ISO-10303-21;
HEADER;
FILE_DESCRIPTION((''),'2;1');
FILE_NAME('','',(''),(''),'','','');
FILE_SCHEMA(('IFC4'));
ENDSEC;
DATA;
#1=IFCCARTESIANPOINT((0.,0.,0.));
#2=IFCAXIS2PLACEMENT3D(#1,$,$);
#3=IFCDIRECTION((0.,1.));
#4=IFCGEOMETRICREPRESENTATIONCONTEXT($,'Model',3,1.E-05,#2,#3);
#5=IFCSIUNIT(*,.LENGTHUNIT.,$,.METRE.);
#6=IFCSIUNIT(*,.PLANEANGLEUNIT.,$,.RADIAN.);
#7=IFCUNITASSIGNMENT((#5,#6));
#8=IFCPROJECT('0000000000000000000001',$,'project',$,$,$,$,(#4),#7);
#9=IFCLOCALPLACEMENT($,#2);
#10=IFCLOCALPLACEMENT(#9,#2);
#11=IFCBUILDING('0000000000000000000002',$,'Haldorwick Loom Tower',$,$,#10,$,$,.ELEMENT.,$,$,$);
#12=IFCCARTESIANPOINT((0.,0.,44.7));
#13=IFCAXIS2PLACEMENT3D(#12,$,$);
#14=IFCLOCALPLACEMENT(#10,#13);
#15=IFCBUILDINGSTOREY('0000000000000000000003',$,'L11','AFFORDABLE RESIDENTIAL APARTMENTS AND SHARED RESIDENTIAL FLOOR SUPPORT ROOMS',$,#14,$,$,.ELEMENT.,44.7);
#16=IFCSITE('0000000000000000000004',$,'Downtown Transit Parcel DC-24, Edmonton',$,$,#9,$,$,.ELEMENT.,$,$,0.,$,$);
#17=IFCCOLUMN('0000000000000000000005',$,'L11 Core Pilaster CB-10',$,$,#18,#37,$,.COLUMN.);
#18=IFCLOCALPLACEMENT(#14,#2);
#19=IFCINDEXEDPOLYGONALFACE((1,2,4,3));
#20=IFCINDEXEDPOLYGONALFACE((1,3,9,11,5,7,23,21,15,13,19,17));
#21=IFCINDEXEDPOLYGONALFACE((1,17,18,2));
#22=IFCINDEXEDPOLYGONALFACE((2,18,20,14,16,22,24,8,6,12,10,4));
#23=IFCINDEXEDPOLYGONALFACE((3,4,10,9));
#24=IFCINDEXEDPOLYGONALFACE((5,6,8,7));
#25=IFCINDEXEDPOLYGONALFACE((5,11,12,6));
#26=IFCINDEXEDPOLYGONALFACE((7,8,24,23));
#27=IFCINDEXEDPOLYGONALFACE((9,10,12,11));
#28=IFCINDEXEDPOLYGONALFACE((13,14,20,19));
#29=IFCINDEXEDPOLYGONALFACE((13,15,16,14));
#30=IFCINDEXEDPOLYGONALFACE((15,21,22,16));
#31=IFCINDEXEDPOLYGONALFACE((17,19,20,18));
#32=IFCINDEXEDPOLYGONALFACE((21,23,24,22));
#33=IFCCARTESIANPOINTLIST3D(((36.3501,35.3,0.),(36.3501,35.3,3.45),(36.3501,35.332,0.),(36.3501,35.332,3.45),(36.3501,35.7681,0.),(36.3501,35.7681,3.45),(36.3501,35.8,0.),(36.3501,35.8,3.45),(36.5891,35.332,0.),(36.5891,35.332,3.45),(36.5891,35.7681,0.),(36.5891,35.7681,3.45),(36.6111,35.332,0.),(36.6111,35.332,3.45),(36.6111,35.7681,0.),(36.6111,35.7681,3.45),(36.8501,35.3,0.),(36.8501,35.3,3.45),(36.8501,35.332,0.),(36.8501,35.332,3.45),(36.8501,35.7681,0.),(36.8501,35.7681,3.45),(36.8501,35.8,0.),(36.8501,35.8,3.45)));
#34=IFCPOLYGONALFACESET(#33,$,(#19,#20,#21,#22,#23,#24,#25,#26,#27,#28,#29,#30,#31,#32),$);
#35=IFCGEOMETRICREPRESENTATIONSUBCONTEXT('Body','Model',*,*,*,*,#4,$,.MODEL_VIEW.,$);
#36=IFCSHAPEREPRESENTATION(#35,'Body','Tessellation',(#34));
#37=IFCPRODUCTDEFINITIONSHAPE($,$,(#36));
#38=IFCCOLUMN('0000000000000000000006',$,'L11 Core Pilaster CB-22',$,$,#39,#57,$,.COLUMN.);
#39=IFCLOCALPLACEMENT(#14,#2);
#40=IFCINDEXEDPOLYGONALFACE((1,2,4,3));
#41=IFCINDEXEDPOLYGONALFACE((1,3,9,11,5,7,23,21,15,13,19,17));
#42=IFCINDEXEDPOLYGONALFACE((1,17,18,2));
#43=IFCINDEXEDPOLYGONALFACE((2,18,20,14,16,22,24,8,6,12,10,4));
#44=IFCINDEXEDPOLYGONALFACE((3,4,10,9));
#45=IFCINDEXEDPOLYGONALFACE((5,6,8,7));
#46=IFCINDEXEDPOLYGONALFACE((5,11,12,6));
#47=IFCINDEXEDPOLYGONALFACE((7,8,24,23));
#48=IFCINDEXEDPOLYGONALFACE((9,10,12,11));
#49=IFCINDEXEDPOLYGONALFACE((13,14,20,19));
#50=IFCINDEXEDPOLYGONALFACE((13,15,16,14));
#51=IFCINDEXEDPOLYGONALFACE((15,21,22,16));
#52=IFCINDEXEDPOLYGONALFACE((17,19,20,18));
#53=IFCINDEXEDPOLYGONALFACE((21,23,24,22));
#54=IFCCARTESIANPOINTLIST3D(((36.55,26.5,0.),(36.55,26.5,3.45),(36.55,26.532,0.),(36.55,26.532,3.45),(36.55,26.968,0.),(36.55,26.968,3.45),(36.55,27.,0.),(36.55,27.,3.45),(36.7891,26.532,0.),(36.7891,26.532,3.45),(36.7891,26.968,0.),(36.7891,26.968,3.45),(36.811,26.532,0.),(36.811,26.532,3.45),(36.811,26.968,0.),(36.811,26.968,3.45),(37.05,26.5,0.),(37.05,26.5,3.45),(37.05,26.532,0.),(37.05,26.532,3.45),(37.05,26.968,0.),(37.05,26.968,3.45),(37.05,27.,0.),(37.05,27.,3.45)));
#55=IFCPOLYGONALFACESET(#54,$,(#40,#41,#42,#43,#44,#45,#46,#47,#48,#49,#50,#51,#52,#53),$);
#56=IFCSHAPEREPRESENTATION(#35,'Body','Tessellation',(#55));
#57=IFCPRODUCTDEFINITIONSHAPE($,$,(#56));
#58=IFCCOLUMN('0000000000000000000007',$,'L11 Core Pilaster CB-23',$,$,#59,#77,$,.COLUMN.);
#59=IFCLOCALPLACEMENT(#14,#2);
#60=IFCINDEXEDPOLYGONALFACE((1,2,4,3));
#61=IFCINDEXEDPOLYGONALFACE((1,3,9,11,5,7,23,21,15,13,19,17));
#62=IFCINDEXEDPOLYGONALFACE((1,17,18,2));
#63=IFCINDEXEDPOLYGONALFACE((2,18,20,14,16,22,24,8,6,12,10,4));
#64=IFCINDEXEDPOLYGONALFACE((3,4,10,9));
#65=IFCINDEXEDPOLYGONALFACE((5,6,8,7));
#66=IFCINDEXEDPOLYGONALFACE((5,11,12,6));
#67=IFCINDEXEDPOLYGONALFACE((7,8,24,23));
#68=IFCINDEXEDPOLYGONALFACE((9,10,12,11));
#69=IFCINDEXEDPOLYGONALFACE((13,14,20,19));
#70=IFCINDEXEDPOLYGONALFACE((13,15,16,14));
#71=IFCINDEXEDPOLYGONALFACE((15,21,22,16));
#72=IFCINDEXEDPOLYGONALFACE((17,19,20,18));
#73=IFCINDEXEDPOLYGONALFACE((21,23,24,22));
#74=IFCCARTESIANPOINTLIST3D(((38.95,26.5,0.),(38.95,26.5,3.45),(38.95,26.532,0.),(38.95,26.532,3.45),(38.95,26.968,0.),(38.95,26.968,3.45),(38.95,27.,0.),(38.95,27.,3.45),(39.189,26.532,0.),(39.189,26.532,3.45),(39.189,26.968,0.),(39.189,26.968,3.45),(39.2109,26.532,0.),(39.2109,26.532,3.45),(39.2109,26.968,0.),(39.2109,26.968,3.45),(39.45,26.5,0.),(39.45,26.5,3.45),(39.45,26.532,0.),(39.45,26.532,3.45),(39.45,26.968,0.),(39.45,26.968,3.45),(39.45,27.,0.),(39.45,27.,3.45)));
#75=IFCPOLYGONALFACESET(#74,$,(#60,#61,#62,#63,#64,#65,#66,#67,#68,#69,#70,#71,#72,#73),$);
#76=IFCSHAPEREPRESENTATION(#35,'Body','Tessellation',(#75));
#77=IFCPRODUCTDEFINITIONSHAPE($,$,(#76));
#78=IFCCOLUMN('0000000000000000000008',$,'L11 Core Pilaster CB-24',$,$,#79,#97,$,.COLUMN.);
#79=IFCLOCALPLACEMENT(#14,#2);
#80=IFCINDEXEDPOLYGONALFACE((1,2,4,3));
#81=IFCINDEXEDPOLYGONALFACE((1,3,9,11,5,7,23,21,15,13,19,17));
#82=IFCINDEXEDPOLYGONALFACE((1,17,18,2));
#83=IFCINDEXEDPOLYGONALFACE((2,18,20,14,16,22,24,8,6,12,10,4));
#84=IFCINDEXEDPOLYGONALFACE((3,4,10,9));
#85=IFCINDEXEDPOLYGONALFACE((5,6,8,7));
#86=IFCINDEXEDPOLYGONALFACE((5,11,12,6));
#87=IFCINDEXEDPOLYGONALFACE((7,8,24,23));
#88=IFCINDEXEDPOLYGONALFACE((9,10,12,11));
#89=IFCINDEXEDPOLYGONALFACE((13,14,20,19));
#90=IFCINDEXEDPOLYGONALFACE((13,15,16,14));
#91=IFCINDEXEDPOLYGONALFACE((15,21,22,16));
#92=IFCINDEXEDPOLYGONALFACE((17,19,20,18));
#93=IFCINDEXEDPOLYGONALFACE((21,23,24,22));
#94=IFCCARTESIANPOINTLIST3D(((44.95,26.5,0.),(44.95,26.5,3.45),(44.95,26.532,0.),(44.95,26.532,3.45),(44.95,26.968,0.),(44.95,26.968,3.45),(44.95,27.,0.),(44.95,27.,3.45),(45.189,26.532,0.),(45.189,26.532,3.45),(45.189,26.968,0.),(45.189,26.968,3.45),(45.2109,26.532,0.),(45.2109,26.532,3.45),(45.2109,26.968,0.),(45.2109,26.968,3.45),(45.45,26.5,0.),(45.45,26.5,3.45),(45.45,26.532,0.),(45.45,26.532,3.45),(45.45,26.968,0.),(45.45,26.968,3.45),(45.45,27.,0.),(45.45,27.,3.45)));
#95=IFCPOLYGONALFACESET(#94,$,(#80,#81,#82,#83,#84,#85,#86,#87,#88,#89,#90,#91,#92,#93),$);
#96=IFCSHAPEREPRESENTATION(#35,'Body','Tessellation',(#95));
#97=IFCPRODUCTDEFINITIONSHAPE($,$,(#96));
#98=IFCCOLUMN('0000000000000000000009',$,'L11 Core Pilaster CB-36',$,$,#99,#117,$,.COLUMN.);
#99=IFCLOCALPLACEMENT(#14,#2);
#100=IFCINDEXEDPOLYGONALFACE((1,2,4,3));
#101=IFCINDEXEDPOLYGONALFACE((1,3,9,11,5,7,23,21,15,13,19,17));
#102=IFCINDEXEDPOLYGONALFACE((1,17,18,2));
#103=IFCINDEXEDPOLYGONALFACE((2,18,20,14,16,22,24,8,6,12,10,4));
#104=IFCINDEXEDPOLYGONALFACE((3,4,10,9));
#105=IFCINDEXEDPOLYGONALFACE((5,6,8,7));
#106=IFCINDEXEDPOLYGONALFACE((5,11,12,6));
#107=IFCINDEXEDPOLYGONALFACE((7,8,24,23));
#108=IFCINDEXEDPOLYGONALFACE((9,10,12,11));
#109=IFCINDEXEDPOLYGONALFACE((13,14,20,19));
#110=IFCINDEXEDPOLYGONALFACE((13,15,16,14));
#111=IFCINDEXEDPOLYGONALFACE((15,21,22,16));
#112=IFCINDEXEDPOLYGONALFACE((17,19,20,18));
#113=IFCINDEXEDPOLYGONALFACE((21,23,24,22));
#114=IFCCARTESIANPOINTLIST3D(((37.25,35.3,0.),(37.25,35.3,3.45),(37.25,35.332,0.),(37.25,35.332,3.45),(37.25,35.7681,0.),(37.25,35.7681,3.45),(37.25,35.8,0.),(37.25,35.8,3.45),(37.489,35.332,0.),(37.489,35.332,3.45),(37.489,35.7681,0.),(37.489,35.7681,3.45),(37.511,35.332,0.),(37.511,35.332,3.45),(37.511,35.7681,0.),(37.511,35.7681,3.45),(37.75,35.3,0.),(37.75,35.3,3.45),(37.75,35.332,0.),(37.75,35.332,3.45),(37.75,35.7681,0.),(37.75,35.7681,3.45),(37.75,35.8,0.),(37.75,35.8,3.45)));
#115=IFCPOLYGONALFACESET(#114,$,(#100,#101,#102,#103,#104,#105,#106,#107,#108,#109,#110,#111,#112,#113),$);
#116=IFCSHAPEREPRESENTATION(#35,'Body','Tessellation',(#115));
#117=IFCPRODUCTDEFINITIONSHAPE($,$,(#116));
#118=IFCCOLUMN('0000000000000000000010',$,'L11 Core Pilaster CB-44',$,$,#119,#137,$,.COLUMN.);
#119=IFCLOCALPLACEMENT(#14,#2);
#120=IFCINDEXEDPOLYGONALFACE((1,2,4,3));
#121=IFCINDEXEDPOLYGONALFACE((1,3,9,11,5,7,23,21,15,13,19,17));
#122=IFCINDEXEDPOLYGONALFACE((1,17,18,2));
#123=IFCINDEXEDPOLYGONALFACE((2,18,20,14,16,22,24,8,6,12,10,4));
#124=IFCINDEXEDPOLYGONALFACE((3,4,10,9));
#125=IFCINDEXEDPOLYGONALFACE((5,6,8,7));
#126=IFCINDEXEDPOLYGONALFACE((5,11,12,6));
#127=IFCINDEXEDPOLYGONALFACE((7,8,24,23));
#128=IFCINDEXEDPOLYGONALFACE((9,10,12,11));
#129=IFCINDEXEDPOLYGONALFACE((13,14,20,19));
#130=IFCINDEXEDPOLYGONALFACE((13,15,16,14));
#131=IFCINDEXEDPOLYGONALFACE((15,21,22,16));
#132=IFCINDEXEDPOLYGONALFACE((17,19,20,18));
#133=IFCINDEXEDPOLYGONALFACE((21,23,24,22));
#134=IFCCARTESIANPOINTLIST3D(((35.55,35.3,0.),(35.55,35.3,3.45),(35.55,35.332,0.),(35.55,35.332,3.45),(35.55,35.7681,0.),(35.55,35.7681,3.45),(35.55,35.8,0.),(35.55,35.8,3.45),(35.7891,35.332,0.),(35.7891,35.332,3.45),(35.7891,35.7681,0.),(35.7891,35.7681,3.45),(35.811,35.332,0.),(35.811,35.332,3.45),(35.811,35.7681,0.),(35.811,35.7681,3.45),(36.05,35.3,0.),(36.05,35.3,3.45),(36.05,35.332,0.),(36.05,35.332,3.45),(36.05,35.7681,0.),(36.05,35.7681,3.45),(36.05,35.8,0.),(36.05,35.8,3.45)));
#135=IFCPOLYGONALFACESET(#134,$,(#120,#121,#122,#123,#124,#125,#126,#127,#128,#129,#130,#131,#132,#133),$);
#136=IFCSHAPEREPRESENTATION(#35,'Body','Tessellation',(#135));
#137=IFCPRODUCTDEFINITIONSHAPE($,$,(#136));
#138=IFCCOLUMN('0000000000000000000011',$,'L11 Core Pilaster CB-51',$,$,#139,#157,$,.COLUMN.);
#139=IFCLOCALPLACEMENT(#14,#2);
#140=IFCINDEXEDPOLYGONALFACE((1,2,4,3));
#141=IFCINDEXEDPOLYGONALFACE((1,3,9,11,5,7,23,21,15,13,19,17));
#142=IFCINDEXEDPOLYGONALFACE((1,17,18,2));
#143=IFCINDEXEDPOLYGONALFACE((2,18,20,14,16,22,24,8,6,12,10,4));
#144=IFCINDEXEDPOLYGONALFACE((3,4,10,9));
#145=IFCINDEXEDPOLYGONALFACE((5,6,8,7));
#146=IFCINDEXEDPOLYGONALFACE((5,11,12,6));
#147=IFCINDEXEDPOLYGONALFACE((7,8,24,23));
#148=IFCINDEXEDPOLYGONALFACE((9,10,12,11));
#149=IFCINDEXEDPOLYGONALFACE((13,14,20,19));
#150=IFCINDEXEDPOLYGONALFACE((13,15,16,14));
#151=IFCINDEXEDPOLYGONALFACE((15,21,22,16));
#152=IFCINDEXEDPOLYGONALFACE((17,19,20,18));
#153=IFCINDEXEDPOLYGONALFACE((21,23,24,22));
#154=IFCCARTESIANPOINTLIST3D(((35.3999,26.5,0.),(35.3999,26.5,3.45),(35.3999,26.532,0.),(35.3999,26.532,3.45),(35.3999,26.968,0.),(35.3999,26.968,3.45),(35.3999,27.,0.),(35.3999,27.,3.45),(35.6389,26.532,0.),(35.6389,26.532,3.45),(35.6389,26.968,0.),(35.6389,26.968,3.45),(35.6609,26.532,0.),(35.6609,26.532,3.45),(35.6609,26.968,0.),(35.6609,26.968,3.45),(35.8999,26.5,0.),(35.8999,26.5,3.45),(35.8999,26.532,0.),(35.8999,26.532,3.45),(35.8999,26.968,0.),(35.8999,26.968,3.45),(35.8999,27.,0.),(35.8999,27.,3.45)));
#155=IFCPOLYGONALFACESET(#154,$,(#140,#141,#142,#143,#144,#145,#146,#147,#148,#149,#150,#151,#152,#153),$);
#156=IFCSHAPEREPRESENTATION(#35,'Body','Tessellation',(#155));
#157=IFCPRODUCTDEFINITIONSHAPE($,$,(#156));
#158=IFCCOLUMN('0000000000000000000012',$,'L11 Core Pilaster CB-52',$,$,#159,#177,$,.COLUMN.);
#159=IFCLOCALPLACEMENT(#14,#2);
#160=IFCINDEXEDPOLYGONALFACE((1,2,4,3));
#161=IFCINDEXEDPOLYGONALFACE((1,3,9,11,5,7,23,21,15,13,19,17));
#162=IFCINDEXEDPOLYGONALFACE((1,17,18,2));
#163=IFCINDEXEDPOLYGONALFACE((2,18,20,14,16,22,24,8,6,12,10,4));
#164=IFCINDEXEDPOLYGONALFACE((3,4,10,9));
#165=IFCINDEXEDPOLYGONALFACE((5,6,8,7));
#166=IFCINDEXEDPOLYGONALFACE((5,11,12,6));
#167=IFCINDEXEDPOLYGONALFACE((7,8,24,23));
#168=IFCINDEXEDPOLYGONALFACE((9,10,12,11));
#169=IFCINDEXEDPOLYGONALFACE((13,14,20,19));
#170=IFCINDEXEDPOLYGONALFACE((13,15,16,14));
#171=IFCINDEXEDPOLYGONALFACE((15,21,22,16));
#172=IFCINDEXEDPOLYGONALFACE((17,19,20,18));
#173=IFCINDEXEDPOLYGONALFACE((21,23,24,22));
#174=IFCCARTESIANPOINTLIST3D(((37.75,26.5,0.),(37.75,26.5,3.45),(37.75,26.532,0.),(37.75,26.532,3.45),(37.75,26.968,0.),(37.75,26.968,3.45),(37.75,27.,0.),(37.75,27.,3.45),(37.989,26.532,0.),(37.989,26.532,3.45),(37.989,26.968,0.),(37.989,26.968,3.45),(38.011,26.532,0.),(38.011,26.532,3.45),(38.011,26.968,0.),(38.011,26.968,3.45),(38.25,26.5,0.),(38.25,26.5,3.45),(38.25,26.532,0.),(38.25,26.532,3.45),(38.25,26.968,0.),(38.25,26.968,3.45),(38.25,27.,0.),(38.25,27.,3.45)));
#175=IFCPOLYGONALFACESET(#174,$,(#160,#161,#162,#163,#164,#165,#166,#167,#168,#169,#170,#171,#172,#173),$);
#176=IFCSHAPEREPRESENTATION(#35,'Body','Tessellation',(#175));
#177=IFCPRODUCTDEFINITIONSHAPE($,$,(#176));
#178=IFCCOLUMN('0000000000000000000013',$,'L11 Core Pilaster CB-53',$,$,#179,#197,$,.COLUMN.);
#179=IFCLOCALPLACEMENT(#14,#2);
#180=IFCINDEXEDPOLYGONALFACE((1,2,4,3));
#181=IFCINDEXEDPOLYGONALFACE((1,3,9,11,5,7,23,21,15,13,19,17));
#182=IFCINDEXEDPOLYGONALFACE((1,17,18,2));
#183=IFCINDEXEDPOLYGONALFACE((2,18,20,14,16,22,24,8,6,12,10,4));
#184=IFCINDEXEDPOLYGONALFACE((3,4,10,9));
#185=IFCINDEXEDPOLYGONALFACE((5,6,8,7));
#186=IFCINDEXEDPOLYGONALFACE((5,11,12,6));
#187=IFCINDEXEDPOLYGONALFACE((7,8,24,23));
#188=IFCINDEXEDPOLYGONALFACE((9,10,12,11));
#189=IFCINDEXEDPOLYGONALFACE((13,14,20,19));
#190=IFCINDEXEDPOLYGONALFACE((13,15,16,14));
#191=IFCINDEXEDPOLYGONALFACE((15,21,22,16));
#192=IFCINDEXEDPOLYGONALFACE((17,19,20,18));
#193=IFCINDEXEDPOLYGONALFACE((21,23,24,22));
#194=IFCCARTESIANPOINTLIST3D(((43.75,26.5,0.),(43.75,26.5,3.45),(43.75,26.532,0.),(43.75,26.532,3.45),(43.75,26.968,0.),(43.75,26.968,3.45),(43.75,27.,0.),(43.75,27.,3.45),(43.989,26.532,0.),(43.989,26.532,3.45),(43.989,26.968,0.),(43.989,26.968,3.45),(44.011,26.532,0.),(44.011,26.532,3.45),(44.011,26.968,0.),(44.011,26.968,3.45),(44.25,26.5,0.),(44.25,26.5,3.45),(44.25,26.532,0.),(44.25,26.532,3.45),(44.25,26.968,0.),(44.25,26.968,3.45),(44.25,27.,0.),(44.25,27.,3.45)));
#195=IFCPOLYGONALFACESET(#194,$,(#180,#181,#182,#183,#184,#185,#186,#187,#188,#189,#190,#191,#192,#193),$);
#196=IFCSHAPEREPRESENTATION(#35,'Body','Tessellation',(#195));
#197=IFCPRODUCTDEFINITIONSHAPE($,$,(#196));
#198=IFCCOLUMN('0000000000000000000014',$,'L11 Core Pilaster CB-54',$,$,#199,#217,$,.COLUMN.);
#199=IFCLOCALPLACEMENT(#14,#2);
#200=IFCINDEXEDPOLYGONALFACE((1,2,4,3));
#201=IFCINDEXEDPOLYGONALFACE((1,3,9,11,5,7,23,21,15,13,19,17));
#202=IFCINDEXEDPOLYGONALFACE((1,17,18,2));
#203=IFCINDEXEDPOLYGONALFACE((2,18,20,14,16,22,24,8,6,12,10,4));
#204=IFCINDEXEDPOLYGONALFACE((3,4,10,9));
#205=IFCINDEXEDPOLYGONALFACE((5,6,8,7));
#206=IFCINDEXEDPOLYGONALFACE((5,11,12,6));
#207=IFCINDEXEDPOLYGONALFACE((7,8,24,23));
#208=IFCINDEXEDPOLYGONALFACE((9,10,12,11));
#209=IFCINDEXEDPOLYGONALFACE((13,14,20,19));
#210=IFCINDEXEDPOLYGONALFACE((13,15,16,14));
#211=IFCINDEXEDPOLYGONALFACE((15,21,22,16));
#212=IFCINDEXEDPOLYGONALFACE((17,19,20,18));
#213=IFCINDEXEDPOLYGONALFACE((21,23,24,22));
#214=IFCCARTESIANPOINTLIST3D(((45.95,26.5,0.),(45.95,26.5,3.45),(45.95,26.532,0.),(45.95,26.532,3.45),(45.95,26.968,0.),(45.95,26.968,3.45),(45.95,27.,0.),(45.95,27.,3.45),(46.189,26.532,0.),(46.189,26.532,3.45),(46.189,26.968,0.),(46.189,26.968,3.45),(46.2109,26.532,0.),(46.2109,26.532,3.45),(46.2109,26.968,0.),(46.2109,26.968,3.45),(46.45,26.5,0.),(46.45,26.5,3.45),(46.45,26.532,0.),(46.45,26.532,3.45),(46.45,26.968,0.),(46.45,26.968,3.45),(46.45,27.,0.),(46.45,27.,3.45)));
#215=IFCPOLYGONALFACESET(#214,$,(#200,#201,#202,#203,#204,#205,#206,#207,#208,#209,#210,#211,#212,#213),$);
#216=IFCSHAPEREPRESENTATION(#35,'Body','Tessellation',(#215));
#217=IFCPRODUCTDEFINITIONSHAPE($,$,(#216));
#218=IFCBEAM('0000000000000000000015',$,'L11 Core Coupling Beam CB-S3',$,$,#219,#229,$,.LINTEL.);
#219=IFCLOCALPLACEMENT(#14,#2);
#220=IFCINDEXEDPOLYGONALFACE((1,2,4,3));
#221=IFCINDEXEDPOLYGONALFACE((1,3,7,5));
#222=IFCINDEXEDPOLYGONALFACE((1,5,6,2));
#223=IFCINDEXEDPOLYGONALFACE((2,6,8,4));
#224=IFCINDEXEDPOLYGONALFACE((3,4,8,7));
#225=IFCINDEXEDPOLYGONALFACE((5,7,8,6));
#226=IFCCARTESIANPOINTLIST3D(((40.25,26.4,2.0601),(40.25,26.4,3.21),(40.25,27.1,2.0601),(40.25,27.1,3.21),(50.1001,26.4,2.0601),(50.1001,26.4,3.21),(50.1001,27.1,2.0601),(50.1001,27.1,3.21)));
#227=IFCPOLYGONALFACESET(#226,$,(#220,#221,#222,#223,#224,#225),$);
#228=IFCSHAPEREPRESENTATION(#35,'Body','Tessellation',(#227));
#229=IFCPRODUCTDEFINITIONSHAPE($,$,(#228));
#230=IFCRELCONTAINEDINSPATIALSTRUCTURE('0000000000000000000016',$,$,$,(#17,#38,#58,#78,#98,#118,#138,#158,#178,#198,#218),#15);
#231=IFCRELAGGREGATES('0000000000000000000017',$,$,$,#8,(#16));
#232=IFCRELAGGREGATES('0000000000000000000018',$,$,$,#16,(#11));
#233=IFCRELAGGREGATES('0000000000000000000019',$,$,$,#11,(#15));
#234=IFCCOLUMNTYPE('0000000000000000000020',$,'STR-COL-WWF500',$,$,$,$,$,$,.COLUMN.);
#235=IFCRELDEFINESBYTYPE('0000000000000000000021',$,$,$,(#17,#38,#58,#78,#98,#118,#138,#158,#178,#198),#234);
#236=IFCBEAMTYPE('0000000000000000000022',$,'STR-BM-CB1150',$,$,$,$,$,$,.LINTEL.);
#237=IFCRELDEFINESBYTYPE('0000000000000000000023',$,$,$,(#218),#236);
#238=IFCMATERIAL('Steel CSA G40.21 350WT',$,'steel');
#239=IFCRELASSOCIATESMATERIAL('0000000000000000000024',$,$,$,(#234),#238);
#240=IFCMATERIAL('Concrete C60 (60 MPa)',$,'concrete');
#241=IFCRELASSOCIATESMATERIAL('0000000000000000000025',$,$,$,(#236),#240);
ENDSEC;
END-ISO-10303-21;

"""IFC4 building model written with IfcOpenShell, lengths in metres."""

from ifc_helpers import new_model, si_unit, direction, frame, origin, origin_2d, place, context, subcontext, project, spatial, rectangle, i_section, extrude, material, material_profile, profile_set, type_object, element, save


model = new_model("IFC4")

# Units and contexts
model_context = context("Model", 3, precision=1e-05, world=origin(), true_north=direction((0.0, 1.0)))
body_context = subcontext(model_context, "Body", "Model", "MODEL_VIEW")
ifc_project = project(units=[si_unit("LENGTHUNIT", "METRE"), si_unit("PLANEANGLEUNIT", "RADIAN")], contexts=[model_context])

# Site, building, storey
site_placement = place(None, origin())
site = spatial("IfcSite", under=ifc_project, at=site_placement, Name="Downtown Transit Parcel DC-24, Edmonton", CompositionType="ELEMENT", RefElevation=0.0)
building_placement = place(site_placement, origin())
building = spatial("IfcBuilding", under=site, at=building_placement, Name="Haldorwick Loom Tower", CompositionType="ELEMENT")
storey_placement = place(building_placement, frame((0.0, 0.0, 44.7)))
storey = spatial("IfcBuildingStorey", under=building, at=storey_placement, Name="L11", Description="AFFORDABLE RESIDENTIAL APARTMENTS AND SHARED RESIDENTIAL FLOOR SUPPORT ROOMS", CompositionType="ELEMENT", Elevation=44.7)

# Columns
ifc_material_1 = material(Name="Steel CSA G40.21 350WT", Category="steel")
ifc_material_profile_1 = material_profile(ifc_material_1, i_section(OverallWidth=0.5, OverallDepth=0.5, WebThickness=0.022, FlangeThickness=0.032, at=origin_2d()), Name="WWF500X500", Category="steel")
ifc_profile_set_1 = profile_set([ifc_material_profile_1], Name="Steel CSA G40.21 350WT")
column_type = type_object("IfcColumnType", Name="STR-COL-WWF500", PredefinedType="COLUMN", material=ifc_profile_set_1)
for number, where, z_axis, x_axis, name in (
    (1, (36.6001, 35.55, 0.0), (0.0, 0.0, 1.0), (1.0, 0.0, 0.0), "L11 Core Pilaster CB-10"),
    (2, (36.8, 26.75, 0.0), (0.0, 0.0, 1.0), (1.0, 0.0, 0.0), "L11 Core Pilaster CB-22"),
    (3, (39.2, 26.75, 0.0), (0.0, 0.0, 1.0), (1.0, 0.0, 0.0), "L11 Core Pilaster CB-23"),
    (4, (45.2, 26.75, 0.0), (0.0, 0.0, 1.0), (1.0, 0.0, 0.0), "L11 Core Pilaster CB-24"),
    (5, (37.5, 35.55, 0.0), (0.0, 0.0, 1.0), (1.0, 0.0, 0.0), "L11 Core Pilaster CB-36"),
    (6, (35.8, 35.55, 0.0), (0.0, 0.0, 1.0), (1.0, 0.0, 0.0), "L11 Core Pilaster CB-44"),
    (7, (35.6499, 26.75, 0.0), (0.0, 0.0, 1.0), (1.0, 0.0, 0.0), "L11 Core Pilaster CB-51"),
    (8, (38.0, 26.75, 0.0), (0.0, 0.0, 1.0), (1.0, 0.0, 0.0), "L11 Core Pilaster CB-52"),
    (9, (44.0, 26.75, 0.0), (0.0, 0.0, 1.0), (1.0, 0.0, 0.0), "L11 Core Pilaster CB-53"),
    (10, (46.2, 26.75, 0.0), (0.0, 0.0, 1.0), (1.0, 0.0, 0.0), "L11 Core Pilaster CB-54"),
):
    element("IfcColumn", number, at=place(storey_placement, frame(where, z_axis=z_axis, x_axis=x_axis)), inside=storey, type_object=column_type, Name=name, PredefinedType="COLUMN", context=body_context, shape_type="SweptSolid", body=[
        extrude(i_section(OverallWidth=0.5, OverallDepth=0.5, WebThickness=0.022, FlangeThickness=0.032, at=origin_2d()), origin(), (0.0, 0.0, 1.0), 3.45),
    ])

# Beam
ifc_material_2 = material(Name="Concrete C60 (60 MPa)", Category="concrete")
ifc_material_profile_2 = material_profile(ifc_material_2, rectangle(XDim=0.7, YDim=1.1499, at=origin_2d()), Name="RC700X1150", Category="concrete")
ifc_profile_set_2 = profile_set([ifc_material_profile_2], Name="Concrete C60 (60 MPa)")
beam_type_1 = type_object("IfcBeamType", Name="STR-BM-CB1150", PredefinedType="LINTEL", material=ifc_profile_set_2)
beam_placement = place(storey_placement, frame((40.25, 26.75, 2.635), z_axis=(1.0, 0.0, 0.0), x_axis=(0.0, 1.0, 0.0)))
element("IfcBeam", 11, at=beam_placement, inside=storey, type_object=beam_type_1, Name="L11 Core Coupling Beam CB-S3", PredefinedType="LINTEL", context=body_context, shape_type="SweptSolid", body=[
    extrude(rectangle(XDim=0.7, YDim=1.1499, at=origin_2d()), origin(), (0.0, 0.0, 1.0), 9.8501),
])

save(model, "model.ifc")
